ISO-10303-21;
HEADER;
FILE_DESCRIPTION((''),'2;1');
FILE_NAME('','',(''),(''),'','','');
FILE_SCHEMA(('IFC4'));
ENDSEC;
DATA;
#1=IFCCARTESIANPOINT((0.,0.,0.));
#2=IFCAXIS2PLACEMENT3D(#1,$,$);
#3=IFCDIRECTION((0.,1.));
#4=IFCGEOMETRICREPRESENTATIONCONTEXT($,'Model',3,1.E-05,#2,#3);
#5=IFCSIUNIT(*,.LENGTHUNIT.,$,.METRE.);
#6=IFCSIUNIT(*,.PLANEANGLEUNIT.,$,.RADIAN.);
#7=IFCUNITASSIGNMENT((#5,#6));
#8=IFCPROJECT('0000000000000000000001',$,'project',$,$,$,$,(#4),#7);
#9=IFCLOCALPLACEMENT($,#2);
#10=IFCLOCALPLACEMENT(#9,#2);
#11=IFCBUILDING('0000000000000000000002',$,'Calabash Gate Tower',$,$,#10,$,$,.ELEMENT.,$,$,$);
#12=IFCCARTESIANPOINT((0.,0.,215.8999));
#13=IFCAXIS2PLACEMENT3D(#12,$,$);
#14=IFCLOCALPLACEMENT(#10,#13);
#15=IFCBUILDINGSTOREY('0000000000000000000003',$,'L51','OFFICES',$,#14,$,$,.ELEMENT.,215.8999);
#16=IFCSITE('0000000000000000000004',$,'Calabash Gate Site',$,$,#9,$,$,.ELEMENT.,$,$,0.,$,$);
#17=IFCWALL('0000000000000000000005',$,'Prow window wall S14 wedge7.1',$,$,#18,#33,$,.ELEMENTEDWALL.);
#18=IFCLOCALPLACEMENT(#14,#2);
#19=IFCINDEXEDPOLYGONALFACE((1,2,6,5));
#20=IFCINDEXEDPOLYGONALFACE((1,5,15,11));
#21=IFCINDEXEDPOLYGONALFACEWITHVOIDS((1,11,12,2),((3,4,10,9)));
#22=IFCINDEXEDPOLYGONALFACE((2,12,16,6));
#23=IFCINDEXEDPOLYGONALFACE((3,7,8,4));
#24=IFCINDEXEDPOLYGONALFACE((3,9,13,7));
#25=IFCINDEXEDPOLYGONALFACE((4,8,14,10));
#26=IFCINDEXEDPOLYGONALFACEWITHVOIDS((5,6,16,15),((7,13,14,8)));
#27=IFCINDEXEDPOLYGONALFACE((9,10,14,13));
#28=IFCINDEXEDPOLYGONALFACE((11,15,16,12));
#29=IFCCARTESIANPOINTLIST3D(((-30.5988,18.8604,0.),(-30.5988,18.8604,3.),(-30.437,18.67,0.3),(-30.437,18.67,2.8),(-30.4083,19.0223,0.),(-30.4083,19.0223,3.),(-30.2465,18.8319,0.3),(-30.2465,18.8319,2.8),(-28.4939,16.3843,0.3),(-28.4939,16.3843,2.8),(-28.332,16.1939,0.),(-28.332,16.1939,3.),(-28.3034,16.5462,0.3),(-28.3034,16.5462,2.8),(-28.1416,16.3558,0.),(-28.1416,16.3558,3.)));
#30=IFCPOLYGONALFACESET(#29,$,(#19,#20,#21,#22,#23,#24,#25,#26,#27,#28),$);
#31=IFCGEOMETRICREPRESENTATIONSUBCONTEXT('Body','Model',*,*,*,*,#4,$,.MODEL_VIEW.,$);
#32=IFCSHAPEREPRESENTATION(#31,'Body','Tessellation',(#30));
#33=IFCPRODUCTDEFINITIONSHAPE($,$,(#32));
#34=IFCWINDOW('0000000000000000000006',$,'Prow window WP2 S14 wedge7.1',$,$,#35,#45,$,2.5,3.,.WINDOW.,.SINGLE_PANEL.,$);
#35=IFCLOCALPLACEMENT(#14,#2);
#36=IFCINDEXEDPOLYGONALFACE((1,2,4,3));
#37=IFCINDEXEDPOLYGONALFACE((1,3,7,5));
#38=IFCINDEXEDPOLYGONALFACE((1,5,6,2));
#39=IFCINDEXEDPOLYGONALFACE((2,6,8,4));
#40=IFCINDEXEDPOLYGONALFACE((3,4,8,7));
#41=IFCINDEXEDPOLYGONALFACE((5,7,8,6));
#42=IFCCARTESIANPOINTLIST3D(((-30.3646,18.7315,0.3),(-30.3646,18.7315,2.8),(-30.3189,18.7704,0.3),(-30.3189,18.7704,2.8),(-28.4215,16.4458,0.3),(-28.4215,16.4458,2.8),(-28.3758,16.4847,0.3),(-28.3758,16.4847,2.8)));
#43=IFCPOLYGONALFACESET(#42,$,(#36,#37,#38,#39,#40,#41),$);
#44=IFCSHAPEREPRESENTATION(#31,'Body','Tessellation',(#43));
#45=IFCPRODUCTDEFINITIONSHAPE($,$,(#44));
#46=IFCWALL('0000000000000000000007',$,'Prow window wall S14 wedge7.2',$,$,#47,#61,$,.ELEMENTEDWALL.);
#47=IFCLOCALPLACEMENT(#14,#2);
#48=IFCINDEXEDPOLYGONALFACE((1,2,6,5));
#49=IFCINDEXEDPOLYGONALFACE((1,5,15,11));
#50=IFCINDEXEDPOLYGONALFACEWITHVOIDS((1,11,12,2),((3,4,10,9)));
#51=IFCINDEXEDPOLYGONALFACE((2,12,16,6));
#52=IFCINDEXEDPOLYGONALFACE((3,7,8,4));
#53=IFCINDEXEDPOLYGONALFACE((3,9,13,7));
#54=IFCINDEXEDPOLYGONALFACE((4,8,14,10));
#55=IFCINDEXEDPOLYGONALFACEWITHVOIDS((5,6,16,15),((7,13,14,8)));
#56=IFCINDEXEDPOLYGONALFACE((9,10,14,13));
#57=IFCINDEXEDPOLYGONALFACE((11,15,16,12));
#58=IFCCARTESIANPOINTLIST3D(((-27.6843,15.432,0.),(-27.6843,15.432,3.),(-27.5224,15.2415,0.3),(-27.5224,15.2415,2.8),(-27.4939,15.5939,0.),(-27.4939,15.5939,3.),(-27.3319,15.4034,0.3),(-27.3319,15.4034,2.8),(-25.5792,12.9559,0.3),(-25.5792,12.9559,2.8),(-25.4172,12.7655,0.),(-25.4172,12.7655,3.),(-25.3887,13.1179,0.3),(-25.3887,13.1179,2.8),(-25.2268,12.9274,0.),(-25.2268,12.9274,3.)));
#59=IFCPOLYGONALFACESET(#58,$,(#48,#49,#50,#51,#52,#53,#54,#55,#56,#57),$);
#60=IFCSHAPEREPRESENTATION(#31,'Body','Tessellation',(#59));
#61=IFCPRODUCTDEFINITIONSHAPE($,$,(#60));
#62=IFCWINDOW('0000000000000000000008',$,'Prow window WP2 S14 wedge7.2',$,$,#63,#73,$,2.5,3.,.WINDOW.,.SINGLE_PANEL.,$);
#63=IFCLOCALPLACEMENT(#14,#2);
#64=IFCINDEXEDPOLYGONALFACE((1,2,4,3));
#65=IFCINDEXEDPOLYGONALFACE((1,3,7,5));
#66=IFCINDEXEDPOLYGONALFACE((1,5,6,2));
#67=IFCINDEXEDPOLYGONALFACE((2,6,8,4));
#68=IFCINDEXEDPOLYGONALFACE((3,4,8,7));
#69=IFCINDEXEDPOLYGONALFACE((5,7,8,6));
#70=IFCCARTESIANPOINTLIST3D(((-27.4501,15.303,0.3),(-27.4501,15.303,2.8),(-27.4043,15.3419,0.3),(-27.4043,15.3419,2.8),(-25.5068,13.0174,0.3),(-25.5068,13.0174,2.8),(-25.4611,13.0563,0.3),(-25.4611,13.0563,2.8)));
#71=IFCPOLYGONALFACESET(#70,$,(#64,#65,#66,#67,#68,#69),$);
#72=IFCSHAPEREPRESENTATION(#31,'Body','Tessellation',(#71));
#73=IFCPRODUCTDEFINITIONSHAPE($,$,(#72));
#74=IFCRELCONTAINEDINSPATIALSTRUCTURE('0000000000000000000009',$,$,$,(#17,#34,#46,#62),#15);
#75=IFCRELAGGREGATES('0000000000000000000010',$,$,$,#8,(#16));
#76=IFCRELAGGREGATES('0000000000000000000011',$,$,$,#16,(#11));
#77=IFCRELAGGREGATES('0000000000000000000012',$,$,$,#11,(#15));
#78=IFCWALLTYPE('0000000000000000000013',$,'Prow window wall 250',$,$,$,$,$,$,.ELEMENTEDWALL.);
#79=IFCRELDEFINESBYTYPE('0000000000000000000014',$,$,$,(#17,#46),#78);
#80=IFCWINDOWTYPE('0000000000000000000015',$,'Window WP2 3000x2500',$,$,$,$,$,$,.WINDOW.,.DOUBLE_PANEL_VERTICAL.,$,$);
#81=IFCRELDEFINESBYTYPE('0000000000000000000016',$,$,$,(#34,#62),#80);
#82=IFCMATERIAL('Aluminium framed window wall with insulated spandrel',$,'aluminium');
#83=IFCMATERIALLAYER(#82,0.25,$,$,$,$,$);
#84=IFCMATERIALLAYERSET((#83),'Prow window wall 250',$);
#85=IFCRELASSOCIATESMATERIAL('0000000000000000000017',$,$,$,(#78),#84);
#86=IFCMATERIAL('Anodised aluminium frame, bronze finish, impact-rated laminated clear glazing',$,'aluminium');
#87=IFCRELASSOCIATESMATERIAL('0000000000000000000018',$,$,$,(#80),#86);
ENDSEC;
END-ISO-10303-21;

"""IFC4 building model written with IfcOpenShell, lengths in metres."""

from ifc_helpers import new_model, si_unit, direction, frame, frame_2d, origin, place, context, subcontext, project, spatial, rectangle, extrude, material, layer, layer_set, type_object, element, fill, save


model = new_model("IFC4")

# Units and contexts
model_context = context("Model", 3, precision=1e-05, world=origin(), true_north=direction((0.0, 1.0)))
body_context = subcontext(model_context, "Body", "Model", "MODEL_VIEW")
ifc_project = project(units=[si_unit("LENGTHUNIT", "METRE"), si_unit("PLANEANGLEUNIT", "RADIAN")], contexts=[model_context])

# Site, building, storey
site_placement = place(None, origin())
site = spatial("IfcSite", under=ifc_project, at=site_placement, Name="Calabash Gate Site", CompositionType="ELEMENT", RefElevation=0.0)
building_placement = place(site_placement, origin())
building = spatial("IfcBuilding", under=site, at=building_placement, Name="Calabash Gate Tower", CompositionType="ELEMENT")
storey_placement = place(building_placement, frame((0.0, 0.0, 215.8999)))
storey = spatial("IfcBuildingStorey", under=building, at=storey_placement, Name="L51", Description="OFFICES", CompositionType="ELEMENT", Elevation=215.8999)

# Walls, openings, windows
ifc_material_1 = material(Name="Aluminium framed window wall with insulated spandrel", Category="aluminium")
ifc_layer_1 = layer(ifc_material_1, 0.25)
ifc_layer_set_1 = layer_set([ifc_layer_1], Name="Prow window wall 250")
wall_type_1 = type_object("IfcWallType", Name="Prow window wall 250", PredefinedType="ELEMENTEDWALL", material=ifc_layer_set_1)
ifc_material_2 = material(Name="Anodised aluminium frame, bronze finish, impact-rated laminated clear glazing", Category="aluminium")
window_type = type_object("IfcWindowType", Name="Window WP2 3000x2500", PartitioningType="DOUBLE_PANEL_VERTICAL", PredefinedType="WINDOW", material=ifc_material_2)
wall_1_placement = place(storey_placement, frame((-30.5037, 18.9414, 0.0), z_axis=(0.0, 0.0, 1.0), x_axis=(0.647701, -0.761895, 0.0)))
wall_1 = element("IfcWall", 1, at=wall_1_placement, inside=storey, type_object=wall_type_1, Name="Prow window wall S14 wedge7.1", PredefinedType="ELEMENTEDWALL", context=body_context, shape_type="SweptSolid", body=[
    extrude(rectangle(XDim=3.4998, YDim=0.25, at=frame_2d((1.75, 0.0))), origin(), (0.0, 0.0, 1.0), 3.0),
])
opening_1_placement = place(wall_1_placement, frame((0.25, 0.0, 0.3)))
opening_1 = element("IfcOpeningElement", 2, at=opening_1_placement, cuts=wall_1, PredefinedType="OPENING", context=body_context, shape_type="SweptSolid", body=[
    extrude(rectangle(XDim=3.0, YDim=2.5, at=frame_2d((1.5, 1.25))), frame((0.0, 0.135, 0.0), z_axis=(0.0, -1.0, 0.0), x_axis=(1.0, 0.0, 0.0)), (0.0, 0.0, 1.0), 0.27),
])
window_1_placement = place(opening_1_placement, origin())
window_1 = element("IfcWindow", 3, at=window_1_placement, inside=storey, type_object=window_type, Name="Prow window WP2 S14 wedge7.1", OverallHeight=2.5, OverallWidth=3.0, PartitioningType="SINGLE_PANEL", PredefinedType="WINDOW", context=body_context, shape_type="SweptSolid", body=[
    extrude(rectangle(XDim=3.0, YDim=2.5, at=frame_2d((1.5, 1.25))), frame((0.0, 0.03, 0.0), z_axis=(0.0, -1.0, 0.0), x_axis=(1.0, 0.0, 0.0)), (0.0, 0.0, 1.0), 0.0601),
])
fill(opening_1, window_1)
wall_2_placement = place(storey_placement, frame((-27.5891, 15.5129, 0.0), z_axis=(0.0, 0.0, 1.0), x_axis=(0.647742, -0.76186, 0.0)))
wall_2 = element("IfcWall", 4, at=wall_2_placement, inside=storey, type_object=wall_type_1, Name="Prow window wall S14 wedge7.2", PredefinedType="ELEMENTEDWALL", context=body_context, shape_type="SweptSolid", body=[
    extrude(rectangle(XDim=3.5, YDim=0.25, at=frame_2d((1.75, 0.0))), origin(), (0.0, 0.0, 1.0), 3.0),
])
opening_2_placement = place(wall_2_placement, frame((0.25, 0.0, 0.3)))
opening_2 = element("IfcOpeningElement", 5, at=opening_2_placement, cuts=wall_2, PredefinedType="OPENING", context=body_context, shape_type="SweptSolid", body=[
    extrude(rectangle(XDim=3.0, YDim=2.5, at=frame_2d((1.5, 1.25))), frame((0.0, 0.135, 0.0), z_axis=(0.0, -1.0, 0.0), x_axis=(1.0, 0.0, 0.0)), (0.0, 0.0, 1.0), 0.27),
])
window_2_placement = place(opening_2_placement, origin())
window_2 = element("IfcWindow", 6, at=window_2_placement, inside=storey, type_object=window_type, Name="Prow window WP2 S14 wedge7.2", OverallHeight=2.5, OverallWidth=3.0, PartitioningType="SINGLE_PANEL", PredefinedType="WINDOW", context=body_context, shape_type="SweptSolid", body=[
    extrude(rectangle(XDim=3.0, YDim=2.5, at=frame_2d((1.5, 1.25))), frame((0.0, 0.03, 0.0), z_axis=(0.0, -1.0, 0.0), x_axis=(1.0, 0.0, 0.0)), (0.0, 0.0, 1.0), 0.0601),
])
fill(opening_2, window_2)

save(model, "model.ifc")
